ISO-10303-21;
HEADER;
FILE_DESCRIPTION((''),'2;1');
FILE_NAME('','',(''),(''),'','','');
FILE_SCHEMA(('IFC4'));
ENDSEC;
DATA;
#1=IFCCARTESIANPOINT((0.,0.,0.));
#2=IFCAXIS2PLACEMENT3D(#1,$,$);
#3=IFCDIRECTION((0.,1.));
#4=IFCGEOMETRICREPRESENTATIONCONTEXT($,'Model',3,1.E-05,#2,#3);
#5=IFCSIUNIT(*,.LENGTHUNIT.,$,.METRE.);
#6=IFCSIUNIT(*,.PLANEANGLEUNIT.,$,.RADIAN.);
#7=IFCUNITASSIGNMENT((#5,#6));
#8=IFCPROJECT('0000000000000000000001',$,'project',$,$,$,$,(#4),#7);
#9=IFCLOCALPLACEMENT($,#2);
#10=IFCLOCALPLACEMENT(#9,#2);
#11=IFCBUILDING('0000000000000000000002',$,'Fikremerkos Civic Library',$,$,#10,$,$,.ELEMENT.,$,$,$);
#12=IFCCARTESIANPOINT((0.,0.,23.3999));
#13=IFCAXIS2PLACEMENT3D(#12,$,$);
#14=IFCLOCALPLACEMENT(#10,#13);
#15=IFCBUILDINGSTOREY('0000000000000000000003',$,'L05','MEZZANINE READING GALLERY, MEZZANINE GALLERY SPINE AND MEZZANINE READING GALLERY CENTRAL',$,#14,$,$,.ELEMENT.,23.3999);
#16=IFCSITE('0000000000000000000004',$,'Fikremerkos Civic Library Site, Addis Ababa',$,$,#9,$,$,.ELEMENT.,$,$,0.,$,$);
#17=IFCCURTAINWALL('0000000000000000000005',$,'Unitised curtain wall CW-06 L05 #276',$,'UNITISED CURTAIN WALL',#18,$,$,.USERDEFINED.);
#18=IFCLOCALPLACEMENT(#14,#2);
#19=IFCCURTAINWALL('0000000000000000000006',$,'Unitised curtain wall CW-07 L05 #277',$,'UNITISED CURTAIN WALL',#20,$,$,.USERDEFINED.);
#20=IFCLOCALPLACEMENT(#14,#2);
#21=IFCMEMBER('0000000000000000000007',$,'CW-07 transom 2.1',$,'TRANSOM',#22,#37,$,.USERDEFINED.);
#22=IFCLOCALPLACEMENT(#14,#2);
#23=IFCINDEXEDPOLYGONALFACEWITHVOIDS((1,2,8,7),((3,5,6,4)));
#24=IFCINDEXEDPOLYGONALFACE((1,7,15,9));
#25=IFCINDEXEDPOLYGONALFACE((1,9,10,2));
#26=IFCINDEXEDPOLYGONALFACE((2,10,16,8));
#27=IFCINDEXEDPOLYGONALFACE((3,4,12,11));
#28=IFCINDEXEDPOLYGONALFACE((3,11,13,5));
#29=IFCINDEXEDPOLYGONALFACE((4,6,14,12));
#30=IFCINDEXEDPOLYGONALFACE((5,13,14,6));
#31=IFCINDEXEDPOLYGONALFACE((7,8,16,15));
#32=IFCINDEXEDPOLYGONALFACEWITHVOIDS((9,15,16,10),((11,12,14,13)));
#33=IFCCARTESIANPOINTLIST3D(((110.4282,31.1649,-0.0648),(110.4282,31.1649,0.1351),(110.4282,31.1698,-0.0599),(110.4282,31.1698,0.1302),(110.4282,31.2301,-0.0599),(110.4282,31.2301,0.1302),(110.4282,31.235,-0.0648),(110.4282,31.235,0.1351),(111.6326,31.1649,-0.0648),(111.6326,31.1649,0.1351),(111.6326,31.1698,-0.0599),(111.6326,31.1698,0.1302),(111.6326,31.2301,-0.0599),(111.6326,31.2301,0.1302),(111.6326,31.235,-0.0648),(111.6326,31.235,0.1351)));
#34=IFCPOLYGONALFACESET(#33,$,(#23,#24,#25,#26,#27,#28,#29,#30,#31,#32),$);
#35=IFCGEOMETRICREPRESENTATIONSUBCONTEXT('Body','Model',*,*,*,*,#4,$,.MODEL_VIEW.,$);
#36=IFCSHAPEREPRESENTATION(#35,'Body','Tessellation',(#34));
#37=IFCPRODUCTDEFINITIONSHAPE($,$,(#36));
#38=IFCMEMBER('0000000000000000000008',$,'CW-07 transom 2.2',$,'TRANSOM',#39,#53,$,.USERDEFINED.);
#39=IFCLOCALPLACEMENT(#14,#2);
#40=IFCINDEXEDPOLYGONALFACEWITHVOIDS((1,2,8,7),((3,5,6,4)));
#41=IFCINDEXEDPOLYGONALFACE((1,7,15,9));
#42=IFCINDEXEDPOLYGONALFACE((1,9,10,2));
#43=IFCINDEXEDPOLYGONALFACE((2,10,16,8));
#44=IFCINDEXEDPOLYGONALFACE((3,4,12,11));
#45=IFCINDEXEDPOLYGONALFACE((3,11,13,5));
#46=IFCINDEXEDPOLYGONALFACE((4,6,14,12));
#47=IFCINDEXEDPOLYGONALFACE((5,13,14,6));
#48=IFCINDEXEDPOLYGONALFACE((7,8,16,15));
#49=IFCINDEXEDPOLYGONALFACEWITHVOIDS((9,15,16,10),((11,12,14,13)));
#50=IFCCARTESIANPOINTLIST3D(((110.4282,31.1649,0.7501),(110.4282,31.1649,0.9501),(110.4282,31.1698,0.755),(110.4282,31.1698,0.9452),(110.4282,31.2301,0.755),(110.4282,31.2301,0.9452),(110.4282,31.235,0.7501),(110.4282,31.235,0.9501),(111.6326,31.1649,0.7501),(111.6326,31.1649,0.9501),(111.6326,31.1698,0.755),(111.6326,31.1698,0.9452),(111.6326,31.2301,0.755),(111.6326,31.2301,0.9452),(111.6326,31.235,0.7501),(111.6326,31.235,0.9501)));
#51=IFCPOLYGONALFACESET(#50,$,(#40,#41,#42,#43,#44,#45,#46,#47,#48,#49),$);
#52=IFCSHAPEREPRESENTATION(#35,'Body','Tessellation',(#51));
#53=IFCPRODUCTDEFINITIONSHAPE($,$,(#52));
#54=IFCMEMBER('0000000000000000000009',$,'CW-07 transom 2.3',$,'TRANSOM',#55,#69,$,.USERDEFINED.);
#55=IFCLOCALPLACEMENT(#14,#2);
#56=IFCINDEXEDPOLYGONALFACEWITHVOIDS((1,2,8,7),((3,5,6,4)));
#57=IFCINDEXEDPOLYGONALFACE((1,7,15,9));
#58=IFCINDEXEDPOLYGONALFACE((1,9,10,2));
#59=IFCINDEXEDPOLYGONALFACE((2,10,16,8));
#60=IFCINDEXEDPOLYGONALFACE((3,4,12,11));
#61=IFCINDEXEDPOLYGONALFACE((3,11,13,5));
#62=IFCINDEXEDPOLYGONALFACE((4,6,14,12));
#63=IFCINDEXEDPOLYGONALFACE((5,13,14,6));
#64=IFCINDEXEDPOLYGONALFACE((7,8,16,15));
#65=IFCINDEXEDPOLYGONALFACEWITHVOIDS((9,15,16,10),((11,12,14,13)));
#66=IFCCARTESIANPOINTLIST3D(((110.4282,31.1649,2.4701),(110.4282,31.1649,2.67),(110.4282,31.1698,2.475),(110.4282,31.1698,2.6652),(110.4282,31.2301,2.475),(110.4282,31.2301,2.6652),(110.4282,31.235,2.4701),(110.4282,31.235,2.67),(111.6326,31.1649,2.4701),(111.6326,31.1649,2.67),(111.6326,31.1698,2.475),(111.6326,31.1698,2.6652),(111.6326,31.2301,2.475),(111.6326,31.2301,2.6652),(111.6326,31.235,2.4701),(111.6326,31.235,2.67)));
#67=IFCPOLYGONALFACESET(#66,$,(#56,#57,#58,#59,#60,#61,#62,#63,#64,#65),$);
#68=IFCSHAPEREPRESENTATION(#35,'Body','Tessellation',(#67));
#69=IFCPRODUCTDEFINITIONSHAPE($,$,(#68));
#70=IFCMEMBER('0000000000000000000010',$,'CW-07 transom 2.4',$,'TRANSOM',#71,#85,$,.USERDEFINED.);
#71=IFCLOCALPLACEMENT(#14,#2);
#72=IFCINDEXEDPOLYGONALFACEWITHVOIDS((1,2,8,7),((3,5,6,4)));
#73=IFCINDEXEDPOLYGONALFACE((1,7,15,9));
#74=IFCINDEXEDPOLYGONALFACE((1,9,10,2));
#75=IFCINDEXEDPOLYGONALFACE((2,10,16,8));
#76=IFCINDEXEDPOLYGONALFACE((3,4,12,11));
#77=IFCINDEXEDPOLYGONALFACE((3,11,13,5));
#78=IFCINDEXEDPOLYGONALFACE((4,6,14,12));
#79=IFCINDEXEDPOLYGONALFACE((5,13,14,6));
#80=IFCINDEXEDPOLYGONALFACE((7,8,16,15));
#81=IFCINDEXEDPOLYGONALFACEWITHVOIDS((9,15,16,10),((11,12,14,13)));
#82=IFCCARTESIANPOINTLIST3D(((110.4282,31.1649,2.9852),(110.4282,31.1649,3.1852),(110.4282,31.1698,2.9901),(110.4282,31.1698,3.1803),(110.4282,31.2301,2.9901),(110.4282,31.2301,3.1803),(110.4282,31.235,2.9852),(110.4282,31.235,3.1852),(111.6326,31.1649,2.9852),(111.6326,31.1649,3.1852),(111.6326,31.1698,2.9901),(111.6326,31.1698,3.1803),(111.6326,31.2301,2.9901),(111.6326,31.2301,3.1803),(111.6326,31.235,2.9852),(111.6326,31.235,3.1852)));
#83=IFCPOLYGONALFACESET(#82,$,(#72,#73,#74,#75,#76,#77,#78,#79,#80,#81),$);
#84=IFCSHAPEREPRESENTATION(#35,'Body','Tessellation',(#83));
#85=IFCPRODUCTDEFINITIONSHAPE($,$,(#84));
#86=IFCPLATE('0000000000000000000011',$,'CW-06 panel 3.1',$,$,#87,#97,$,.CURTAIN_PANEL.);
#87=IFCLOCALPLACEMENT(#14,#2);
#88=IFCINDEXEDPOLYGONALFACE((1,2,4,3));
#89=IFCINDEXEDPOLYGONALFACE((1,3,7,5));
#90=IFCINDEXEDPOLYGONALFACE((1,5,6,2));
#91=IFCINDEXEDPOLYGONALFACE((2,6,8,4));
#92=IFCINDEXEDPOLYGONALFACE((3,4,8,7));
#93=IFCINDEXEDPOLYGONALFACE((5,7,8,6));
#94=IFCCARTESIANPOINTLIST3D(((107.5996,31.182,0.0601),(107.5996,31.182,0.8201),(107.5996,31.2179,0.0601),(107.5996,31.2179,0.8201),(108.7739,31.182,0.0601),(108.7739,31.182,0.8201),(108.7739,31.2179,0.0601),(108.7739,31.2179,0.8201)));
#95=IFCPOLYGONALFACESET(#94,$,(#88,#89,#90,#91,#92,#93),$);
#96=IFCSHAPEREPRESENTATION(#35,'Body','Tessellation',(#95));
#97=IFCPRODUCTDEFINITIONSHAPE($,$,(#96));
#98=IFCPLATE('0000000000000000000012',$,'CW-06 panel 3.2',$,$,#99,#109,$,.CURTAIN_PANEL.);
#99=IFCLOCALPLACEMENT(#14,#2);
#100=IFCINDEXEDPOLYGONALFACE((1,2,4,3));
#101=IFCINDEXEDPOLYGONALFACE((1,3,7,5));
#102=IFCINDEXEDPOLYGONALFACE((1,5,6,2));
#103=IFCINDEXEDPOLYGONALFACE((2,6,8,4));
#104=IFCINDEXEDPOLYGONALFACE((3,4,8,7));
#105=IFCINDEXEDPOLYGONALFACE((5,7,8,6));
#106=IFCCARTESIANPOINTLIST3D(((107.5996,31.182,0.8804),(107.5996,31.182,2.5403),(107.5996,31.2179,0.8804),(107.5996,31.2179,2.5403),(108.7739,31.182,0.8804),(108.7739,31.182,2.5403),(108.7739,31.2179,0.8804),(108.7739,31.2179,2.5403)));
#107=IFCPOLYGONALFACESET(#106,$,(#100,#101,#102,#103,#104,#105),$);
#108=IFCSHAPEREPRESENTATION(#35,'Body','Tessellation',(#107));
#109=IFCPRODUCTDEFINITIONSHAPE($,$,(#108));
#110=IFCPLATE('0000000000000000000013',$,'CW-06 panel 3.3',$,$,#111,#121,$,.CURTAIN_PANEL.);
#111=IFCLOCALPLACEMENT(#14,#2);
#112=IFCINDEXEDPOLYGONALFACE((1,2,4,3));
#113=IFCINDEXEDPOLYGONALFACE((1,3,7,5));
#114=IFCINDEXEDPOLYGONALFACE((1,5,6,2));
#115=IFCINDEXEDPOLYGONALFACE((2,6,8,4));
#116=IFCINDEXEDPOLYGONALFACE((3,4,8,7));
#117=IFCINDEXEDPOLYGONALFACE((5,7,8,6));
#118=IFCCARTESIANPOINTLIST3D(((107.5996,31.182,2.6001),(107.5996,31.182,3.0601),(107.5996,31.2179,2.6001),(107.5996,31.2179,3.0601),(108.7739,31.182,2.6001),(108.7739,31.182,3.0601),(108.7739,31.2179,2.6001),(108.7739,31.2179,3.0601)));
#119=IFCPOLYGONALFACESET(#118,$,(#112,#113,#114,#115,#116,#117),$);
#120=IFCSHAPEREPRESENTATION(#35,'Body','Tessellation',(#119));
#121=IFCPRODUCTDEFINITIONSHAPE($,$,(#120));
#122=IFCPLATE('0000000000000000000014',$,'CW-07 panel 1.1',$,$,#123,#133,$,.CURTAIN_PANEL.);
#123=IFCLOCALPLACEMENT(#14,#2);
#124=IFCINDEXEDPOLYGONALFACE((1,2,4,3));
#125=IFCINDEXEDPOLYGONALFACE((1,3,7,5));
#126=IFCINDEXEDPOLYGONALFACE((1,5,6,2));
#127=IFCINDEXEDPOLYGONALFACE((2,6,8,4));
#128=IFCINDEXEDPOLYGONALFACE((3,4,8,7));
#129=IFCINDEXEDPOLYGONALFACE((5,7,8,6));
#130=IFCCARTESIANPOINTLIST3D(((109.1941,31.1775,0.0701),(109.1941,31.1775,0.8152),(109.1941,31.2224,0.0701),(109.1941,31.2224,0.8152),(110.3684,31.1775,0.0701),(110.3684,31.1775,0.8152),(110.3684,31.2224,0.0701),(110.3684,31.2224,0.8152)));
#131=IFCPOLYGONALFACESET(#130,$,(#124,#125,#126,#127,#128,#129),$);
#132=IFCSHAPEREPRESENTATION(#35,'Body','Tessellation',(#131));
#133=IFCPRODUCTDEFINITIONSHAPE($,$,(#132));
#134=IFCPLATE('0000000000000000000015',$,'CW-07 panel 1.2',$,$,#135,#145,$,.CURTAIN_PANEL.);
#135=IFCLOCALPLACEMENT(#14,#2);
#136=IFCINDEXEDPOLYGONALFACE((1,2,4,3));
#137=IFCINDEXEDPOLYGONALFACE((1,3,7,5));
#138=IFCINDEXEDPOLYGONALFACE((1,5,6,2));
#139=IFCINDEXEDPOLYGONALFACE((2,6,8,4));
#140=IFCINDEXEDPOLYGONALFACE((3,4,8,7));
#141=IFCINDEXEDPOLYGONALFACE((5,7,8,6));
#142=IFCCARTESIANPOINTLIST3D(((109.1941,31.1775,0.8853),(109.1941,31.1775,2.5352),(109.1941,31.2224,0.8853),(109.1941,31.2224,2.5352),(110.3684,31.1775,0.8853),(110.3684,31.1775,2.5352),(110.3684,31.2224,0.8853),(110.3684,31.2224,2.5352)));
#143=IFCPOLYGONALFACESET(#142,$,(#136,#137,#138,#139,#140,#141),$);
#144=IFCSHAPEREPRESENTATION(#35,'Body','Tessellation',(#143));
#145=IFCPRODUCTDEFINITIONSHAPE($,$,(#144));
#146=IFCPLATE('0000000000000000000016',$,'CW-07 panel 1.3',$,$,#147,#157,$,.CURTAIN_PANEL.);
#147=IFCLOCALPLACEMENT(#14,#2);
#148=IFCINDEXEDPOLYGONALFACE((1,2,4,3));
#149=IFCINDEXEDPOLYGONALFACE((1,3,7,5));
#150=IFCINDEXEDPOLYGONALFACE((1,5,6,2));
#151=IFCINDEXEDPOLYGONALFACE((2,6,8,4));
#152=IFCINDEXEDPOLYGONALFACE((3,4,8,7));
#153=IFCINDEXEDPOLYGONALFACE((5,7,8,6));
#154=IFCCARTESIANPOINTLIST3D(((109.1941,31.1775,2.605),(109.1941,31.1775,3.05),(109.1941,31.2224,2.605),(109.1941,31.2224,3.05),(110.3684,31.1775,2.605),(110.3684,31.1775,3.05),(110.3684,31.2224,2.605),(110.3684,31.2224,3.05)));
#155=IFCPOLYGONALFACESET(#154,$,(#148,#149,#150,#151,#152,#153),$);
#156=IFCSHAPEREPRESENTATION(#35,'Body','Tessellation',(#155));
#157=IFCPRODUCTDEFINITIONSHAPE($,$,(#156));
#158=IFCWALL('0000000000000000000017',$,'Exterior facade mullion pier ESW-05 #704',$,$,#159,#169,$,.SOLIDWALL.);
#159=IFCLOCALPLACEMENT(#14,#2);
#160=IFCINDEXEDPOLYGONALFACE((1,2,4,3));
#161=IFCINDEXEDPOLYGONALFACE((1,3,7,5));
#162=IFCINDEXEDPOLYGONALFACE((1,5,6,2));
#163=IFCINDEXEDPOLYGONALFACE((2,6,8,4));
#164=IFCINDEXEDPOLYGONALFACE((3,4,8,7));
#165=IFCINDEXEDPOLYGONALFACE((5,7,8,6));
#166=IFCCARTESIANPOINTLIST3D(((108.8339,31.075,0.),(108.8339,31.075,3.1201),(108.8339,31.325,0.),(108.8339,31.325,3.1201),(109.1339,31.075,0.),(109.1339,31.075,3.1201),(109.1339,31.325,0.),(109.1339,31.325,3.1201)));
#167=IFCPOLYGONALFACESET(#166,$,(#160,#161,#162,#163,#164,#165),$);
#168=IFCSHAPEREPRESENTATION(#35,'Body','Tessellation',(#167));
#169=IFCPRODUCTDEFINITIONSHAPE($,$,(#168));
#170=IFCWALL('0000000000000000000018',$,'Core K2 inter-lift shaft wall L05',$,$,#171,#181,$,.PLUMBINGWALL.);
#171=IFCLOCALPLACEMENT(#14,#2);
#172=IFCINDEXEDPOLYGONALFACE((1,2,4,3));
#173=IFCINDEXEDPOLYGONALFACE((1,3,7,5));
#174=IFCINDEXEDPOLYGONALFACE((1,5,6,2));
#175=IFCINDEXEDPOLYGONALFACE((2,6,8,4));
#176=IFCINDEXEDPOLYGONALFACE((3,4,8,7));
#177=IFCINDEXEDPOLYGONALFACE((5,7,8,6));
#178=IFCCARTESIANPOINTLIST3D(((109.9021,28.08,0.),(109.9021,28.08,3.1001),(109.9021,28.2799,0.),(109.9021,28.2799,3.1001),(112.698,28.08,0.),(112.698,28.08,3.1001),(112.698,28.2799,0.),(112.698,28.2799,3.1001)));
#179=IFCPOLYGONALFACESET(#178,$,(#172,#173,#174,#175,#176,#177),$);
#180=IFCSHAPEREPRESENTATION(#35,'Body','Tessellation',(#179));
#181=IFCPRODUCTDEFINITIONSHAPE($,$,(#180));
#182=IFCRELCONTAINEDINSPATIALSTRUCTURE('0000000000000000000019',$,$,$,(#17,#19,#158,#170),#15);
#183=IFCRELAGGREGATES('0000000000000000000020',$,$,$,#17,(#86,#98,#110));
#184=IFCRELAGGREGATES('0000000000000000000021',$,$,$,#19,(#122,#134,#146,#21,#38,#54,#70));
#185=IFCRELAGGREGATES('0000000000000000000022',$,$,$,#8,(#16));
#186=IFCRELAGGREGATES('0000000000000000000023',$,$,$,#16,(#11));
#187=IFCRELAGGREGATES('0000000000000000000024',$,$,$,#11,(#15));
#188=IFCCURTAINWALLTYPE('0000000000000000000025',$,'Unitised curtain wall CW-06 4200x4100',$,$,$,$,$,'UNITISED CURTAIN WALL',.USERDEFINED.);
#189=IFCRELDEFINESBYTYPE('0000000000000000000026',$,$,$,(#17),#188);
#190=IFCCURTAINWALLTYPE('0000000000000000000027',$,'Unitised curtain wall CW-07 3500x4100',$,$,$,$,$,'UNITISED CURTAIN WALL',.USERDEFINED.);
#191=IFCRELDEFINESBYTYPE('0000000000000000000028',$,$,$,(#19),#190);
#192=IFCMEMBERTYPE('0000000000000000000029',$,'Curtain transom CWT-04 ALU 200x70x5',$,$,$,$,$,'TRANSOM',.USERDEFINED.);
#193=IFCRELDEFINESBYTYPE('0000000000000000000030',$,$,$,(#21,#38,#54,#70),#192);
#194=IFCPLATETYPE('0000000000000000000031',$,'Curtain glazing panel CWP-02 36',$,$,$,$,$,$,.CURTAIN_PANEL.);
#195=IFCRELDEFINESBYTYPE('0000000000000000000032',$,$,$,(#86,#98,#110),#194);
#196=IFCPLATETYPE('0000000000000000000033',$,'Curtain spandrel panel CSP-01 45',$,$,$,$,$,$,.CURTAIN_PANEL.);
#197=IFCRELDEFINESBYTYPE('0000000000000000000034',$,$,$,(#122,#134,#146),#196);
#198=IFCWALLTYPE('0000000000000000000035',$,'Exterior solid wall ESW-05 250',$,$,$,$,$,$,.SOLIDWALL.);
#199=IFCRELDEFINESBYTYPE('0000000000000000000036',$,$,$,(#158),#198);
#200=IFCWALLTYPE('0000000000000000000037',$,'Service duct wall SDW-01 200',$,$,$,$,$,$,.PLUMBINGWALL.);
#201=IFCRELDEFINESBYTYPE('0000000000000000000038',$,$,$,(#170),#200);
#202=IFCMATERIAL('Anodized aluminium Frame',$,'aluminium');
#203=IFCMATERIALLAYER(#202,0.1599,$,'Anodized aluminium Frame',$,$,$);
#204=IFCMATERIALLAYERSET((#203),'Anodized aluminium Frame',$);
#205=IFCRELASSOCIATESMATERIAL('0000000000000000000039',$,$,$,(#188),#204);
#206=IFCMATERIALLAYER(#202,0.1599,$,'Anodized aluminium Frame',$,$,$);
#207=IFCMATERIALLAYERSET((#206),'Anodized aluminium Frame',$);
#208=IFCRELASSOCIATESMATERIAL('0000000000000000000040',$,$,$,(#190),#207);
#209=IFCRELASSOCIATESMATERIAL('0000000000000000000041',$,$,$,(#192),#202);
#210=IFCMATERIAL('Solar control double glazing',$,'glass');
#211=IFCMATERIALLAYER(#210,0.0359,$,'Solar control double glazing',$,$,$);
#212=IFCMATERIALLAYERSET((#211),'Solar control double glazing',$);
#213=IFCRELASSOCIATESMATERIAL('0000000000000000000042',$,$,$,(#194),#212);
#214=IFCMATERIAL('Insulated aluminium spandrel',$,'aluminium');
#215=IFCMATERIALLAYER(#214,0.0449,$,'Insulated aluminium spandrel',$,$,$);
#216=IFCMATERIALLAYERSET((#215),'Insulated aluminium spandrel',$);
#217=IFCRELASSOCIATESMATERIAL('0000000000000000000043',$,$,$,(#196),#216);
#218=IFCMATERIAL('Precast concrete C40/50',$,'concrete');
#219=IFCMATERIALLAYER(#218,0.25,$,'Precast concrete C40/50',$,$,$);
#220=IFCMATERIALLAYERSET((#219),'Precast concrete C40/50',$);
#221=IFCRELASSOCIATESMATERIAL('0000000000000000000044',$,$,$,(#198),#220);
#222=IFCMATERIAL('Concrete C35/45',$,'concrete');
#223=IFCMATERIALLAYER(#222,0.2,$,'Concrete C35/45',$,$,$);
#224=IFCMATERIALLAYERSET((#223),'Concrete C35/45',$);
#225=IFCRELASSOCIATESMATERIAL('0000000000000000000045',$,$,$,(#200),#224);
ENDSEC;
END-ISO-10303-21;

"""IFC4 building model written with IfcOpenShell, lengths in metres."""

from ifc_helpers import new_model, si_unit, direction, frame, frame_2d, origin, origin_2d, place, context, subcontext, project, spatial, rectangle, hollow_rectangle, extrude, material, layer, layer_set, material_profile, profile_set, type_object, element, aggregate, save


model = new_model("IFC4")

# Units and contexts
model_context = context("Model", 3, precision=1e-05, world=origin(), true_north=direction((0.0, 1.0)))
body_context = subcontext(model_context, "Body", "Model", "MODEL_VIEW")
ifc_project = project(units=[si_unit("LENGTHUNIT", "METRE"), si_unit("PLANEANGLEUNIT", "RADIAN")], contexts=[model_context])

# Site, building, storey
site_placement = place(None, origin())
site = spatial("IfcSite", under=ifc_project, at=site_placement, Name="Fikremerkos Civic Library Site, Addis Ababa", CompositionType="ELEMENT", RefElevation=0.0)
building_placement = place(site_placement, origin())
building = spatial("IfcBuilding", under=site, at=building_placement, Name="Fikremerkos Civic Library", CompositionType="ELEMENT")
storey_placement = place(building_placement, frame((0.0, 0.0, 23.3999)))
storey = spatial("IfcBuildingStorey", under=building, at=storey_placement, Name="L05", Description="MEZZANINE READING GALLERY, MEZZANINE GALLERY SPINE AND MEZZANINE READING GALLERY CENTRAL", CompositionType="ELEMENT", Elevation=23.3999)

# Curtain wall
ifc_material_1 = material(Name="Anodized aluminium Frame", Category="aluminium")
ifc_layer_1 = layer(ifc_material_1, 0.1599, Name="Anodized aluminium Frame")
ifc_layer_set_1 = layer_set([ifc_layer_1], Name="Anodized aluminium Frame")
curtain_wall_type_1 = type_object("IfcCurtainWallType", Name="Unitised curtain wall CW-06 4200x4100", ElementType="UNITISED CURTAIN WALL", PredefinedType="USERDEFINED", material=ifc_layer_set_1)
curtain_wall_1_placement = place(storey_placement, origin())
curtain_wall_1 = element("IfcCurtainWall", 1, at=curtain_wall_1_placement, inside=storey, type_object=curtain_wall_type_1, Name="Unitised curtain wall CW-06 L05 #276", ObjectType="UNITISED CURTAIN WALL", PredefinedType="USERDEFINED")

# Curtain wall
ifc_layer_2 = layer(ifc_material_1, 0.1599, Name="Anodized aluminium Frame")
ifc_layer_set_2 = layer_set([ifc_layer_2], Name="Anodized aluminium Frame")
curtain_wall_type_2 = type_object("IfcCurtainWallType", Name="Unitised curtain wall CW-07 3500x4100", ElementType="UNITISED CURTAIN WALL", PredefinedType="USERDEFINED", material=ifc_layer_set_2)
curtain_wall_2_placement = place(storey_placement, origin())
curtain_wall_2 = element("IfcCurtainWall", 2, at=curtain_wall_2_placement, inside=storey, type_object=curtain_wall_type_2, Name="Unitised curtain wall CW-07 L05 #277", ObjectType="UNITISED CURTAIN WALL", PredefinedType="USERDEFINED")

# Members
ifc_material_profile_1 = material_profile(ifc_material_1, hollow_rectangle(XDim=0.0701, YDim=0.2, WallThickness=0.0049, at=origin_2d()), Name="ALU 200x70x5")
ifc_profile_set_1 = profile_set([ifc_material_profile_1], Name="Anodized aluminium Frame")
member_type_1 = type_object("IfcMemberType", Name="Curtain transom CWT-04 ALU 200x70x5", ElementType="TRANSOM", PredefinedType="USERDEFINED", material=ifc_profile_set_1)
member_1_placement = place(storey_placement, frame((110.4282, 31.2, 0.0352), z_axis=(1.0, 0.0, 0.0), x_axis=(0.0, 1.0, 0.0)))
member_1 = element("IfcMember", 3, at=member_1_placement, type_object=member_type_1, Name="CW-07 transom 2.1", ObjectType="TRANSOM", PredefinedType="USERDEFINED", context=body_context, shape_type="SweptSolid", body=[
    extrude(hollow_rectangle(XDim=0.0701, YDim=0.2, WallThickness=0.0049, at=origin_2d()), origin(), (0.0, 0.0, 1.0), 1.2043),
])
member_2_placement = place(storey_placement, frame((110.4282, 31.2, 0.8501), z_axis=(1.0, 0.0, 0.0), x_axis=(0.0, 1.0, 0.0)))
member_2 = element("IfcMember", 4, at=member_2_placement, type_object=member_type_1, Name="CW-07 transom 2.2", ObjectType="TRANSOM", PredefinedType="USERDEFINED", context=body_context, shape_type="SweptSolid", body=[
    extrude(hollow_rectangle(XDim=0.0701, YDim=0.2, WallThickness=0.0049, at=origin_2d()), origin(), (0.0, 0.0, 1.0), 1.2043),
])
member_3_placement = place(storey_placement, frame((110.4282, 31.2, 2.5701), z_axis=(1.0, 0.0, 0.0), x_axis=(0.0, 1.0, 0.0)))
member_3 = element("IfcMember", 5, at=member_3_placement, type_object=member_type_1, Name="CW-07 transom 2.3", ObjectType="TRANSOM", PredefinedType="USERDEFINED", context=body_context, shape_type="SweptSolid", body=[
    extrude(hollow_rectangle(XDim=0.0701, YDim=0.2, WallThickness=0.0049, at=origin_2d()), origin(), (0.0, 0.0, 1.0), 1.2043),
])
member_4_placement = place(storey_placement, frame((110.4282, 31.2, 3.0852), z_axis=(1.0, 0.0, 0.0), x_axis=(0.0, 1.0, 0.0)))
member_4 = element("IfcMember", 6, at=member_4_placement, type_object=member_type_1, Name="CW-07 transom 2.4", ObjectType="TRANSOM", PredefinedType="USERDEFINED", context=body_context, shape_type="SweptSolid", body=[
    extrude(hollow_rectangle(XDim=0.0701, YDim=0.2, WallThickness=0.0049, at=origin_2d()), origin(), (0.0, 0.0, 1.0), 1.2043),
])

# Plates
ifc_material_2 = material(Name="Solar control double glazing", Category="glass")
ifc_layer_3 = layer(ifc_material_2, 0.0359, Name="Solar control double glazing")
ifc_layer_set_3 = layer_set([ifc_layer_3], Name="Solar control double glazing")
plate_type_1 = type_object("IfcPlateType", Name="Curtain glazing panel CWP-02 36", PredefinedType="CURTAIN_PANEL", material=ifc_layer_set_3)
plate_1_placement = place(storey_placement, frame((108.1868, 31.2, 0.0601), z_axis=(0.0, 0.0, 1.0), x_axis=(1.0, 0.0, 0.0)))
plate_1 = element("IfcPlate", 7, at=plate_1_placement, type_object=plate_type_1, Name="CW-06 panel 3.1", PredefinedType="CURTAIN_PANEL", context=body_context, shape_type="SweptSolid", body=[
    extrude(rectangle(XDim=1.1743, YDim=0.0359, at=origin_2d()), origin(), (0.0, 0.0, 1.0), 0.76),
])
plate_2_placement = place(storey_placement, frame((108.1868, 31.2, 0.8804), z_axis=(0.0, 0.0, 1.0), x_axis=(1.0, 0.0, 0.0)))
plate_2 = element("IfcPlate", 8, at=plate_2_placement, type_object=plate_type_1, Name="CW-06 panel 3.2", PredefinedType="CURTAIN_PANEL", context=body_context, shape_type="SweptSolid", body=[
    extrude(rectangle(XDim=1.1743, YDim=0.0359, at=origin_2d()), origin(), (0.0, 0.0, 1.0), 1.6599),
])
plate_3_placement = place(storey_placement, frame((108.1868, 31.2, 2.6001), z_axis=(0.0, 0.0, 1.0), x_axis=(1.0, 0.0, 0.0)))
plate_3 = element("IfcPlate", 9, at=plate_3_placement, type_object=plate_type_1, Name="CW-06 panel 3.3", PredefinedType="CURTAIN_PANEL", context=body_context, shape_type="SweptSolid", body=[
    extrude(rectangle(XDim=1.1743, YDim=0.0359, at=origin_2d()), origin(), (0.0, 0.0, 1.0), 0.46),
])
aggregate(curtain_wall_1, [plate_1, plate_2, plate_3])
ifc_material_3 = material(Name="Insulated aluminium spandrel", Category="aluminium")
ifc_layer_4 = layer(ifc_material_3, 0.0449, Name="Insulated aluminium spandrel")
ifc_layer_set_4 = layer_set([ifc_layer_4], Name="Insulated aluminium spandrel")
plate_type_2 = type_object("IfcPlateType", Name="Curtain spandrel panel CSP-01 45", PredefinedType="CURTAIN_PANEL", material=ifc_layer_set_4)
plate_4_placement = place(storey_placement, frame((109.7812, 31.2, 0.0701), z_axis=(0.0, 0.0, 1.0), x_axis=(1.0, 0.0, 0.0)))
plate_4 = element("IfcPlate", 10, at=plate_4_placement, type_object=plate_type_2, Name="CW-07 panel 1.1", PredefinedType="CURTAIN_PANEL", context=body_context, shape_type="SweptSolid", body=[
    extrude(rectangle(XDim=1.1743, YDim=0.0449, at=origin_2d()), origin(), (0.0, 0.0, 1.0), 0.7451),
])
plate_5_placement = place(storey_placement, frame((109.7812, 31.2, 0.8853), z_axis=(0.0, 0.0, 1.0), x_axis=(1.0, 0.0, 0.0)))
plate_5 = element("IfcPlate", 11, at=plate_5_placement, type_object=plate_type_2, Name="CW-07 panel 1.2", PredefinedType="CURTAIN_PANEL", context=body_context, shape_type="SweptSolid", body=[
    extrude(rectangle(XDim=1.1743, YDim=0.0449, at=origin_2d()), origin(), (0.0, 0.0, 1.0), 1.6499),
])
plate_6_placement = place(storey_placement, frame((109.7812, 31.2, 2.605), z_axis=(0.0, 0.0, 1.0), x_axis=(1.0, 0.0, 0.0)))
plate_6 = element("IfcPlate", 12, at=plate_6_placement, type_object=plate_type_2, Name="CW-07 panel 1.3", PredefinedType="CURTAIN_PANEL", context=body_context, shape_type="SweptSolid", body=[
    extrude(rectangle(XDim=1.1743, YDim=0.0449, at=origin_2d()), origin(), (0.0, 0.0, 1.0), 0.4451),
])
aggregate(curtain_wall_2, [plate_4, plate_5, plate_6, member_1, member_2, member_3, member_4])

# Walls
ifc_material_4 = material(Name="Precast concrete C40/50", Category="concrete")
ifc_layer_5 = layer(ifc_material_4, 0.25, Name="Precast concrete C40/50")
ifc_layer_set_5 = layer_set([ifc_layer_5], Name="Precast concrete C40/50")
wall_type_1 = type_object("IfcWallType", Name="Exterior solid wall ESW-05 250", PredefinedType="SOLIDWALL", material=ifc_layer_set_5)
wall_1_placement = place(storey_placement, frame((108.834, 31.2, 0.0), z_axis=(0.0, 0.0, 1.0), x_axis=(1.0, 0.0, 0.0)))
element("IfcWall", 13, at=wall_1_placement, inside=storey, type_object=wall_type_1, Name="Exterior facade mullion pier ESW-05 #704", PredefinedType="SOLIDWALL", context=body_context, shape_type="SweptSolid", body=[
    extrude(rectangle(XDim=0.3, YDim=0.25, at=frame_2d((0.1499, 0.0))), origin(), (0.0, 0.0, 1.0), 3.1201),
])
ifc_material_5 = material(Name="Concrete C35/45", Category="concrete")
ifc_layer_6 = layer(ifc_material_5, 0.2, Name="Concrete C35/45")
ifc_layer_set_6 = layer_set([ifc_layer_6], Name="Concrete C35/45")
wall_type_2 = type_object("IfcWallType", Name="Service duct wall SDW-01 200", PredefinedType="PLUMBINGWALL", material=ifc_layer_set_6)
wall_2_placement = place(storey_placement, frame((109.9021, 28.1799, 0.0), z_axis=(0.0, 0.0, 1.0), x_axis=(1.0, 0.0, 0.0)))
element("IfcWall", 14, at=wall_2_placement, inside=storey, type_object=wall_type_2, Name="Core K2 inter-lift shaft wall L05", PredefinedType="PLUMBINGWALL", context=body_context, shape_type="SweptSolid", body=[
    extrude(rectangle(XDim=2.7959, YDim=0.2, at=frame_2d((1.3979, 0.0))), origin(), (0.0, 0.0, 1.0), 3.1001),
])

save(model, "model.ifc")
